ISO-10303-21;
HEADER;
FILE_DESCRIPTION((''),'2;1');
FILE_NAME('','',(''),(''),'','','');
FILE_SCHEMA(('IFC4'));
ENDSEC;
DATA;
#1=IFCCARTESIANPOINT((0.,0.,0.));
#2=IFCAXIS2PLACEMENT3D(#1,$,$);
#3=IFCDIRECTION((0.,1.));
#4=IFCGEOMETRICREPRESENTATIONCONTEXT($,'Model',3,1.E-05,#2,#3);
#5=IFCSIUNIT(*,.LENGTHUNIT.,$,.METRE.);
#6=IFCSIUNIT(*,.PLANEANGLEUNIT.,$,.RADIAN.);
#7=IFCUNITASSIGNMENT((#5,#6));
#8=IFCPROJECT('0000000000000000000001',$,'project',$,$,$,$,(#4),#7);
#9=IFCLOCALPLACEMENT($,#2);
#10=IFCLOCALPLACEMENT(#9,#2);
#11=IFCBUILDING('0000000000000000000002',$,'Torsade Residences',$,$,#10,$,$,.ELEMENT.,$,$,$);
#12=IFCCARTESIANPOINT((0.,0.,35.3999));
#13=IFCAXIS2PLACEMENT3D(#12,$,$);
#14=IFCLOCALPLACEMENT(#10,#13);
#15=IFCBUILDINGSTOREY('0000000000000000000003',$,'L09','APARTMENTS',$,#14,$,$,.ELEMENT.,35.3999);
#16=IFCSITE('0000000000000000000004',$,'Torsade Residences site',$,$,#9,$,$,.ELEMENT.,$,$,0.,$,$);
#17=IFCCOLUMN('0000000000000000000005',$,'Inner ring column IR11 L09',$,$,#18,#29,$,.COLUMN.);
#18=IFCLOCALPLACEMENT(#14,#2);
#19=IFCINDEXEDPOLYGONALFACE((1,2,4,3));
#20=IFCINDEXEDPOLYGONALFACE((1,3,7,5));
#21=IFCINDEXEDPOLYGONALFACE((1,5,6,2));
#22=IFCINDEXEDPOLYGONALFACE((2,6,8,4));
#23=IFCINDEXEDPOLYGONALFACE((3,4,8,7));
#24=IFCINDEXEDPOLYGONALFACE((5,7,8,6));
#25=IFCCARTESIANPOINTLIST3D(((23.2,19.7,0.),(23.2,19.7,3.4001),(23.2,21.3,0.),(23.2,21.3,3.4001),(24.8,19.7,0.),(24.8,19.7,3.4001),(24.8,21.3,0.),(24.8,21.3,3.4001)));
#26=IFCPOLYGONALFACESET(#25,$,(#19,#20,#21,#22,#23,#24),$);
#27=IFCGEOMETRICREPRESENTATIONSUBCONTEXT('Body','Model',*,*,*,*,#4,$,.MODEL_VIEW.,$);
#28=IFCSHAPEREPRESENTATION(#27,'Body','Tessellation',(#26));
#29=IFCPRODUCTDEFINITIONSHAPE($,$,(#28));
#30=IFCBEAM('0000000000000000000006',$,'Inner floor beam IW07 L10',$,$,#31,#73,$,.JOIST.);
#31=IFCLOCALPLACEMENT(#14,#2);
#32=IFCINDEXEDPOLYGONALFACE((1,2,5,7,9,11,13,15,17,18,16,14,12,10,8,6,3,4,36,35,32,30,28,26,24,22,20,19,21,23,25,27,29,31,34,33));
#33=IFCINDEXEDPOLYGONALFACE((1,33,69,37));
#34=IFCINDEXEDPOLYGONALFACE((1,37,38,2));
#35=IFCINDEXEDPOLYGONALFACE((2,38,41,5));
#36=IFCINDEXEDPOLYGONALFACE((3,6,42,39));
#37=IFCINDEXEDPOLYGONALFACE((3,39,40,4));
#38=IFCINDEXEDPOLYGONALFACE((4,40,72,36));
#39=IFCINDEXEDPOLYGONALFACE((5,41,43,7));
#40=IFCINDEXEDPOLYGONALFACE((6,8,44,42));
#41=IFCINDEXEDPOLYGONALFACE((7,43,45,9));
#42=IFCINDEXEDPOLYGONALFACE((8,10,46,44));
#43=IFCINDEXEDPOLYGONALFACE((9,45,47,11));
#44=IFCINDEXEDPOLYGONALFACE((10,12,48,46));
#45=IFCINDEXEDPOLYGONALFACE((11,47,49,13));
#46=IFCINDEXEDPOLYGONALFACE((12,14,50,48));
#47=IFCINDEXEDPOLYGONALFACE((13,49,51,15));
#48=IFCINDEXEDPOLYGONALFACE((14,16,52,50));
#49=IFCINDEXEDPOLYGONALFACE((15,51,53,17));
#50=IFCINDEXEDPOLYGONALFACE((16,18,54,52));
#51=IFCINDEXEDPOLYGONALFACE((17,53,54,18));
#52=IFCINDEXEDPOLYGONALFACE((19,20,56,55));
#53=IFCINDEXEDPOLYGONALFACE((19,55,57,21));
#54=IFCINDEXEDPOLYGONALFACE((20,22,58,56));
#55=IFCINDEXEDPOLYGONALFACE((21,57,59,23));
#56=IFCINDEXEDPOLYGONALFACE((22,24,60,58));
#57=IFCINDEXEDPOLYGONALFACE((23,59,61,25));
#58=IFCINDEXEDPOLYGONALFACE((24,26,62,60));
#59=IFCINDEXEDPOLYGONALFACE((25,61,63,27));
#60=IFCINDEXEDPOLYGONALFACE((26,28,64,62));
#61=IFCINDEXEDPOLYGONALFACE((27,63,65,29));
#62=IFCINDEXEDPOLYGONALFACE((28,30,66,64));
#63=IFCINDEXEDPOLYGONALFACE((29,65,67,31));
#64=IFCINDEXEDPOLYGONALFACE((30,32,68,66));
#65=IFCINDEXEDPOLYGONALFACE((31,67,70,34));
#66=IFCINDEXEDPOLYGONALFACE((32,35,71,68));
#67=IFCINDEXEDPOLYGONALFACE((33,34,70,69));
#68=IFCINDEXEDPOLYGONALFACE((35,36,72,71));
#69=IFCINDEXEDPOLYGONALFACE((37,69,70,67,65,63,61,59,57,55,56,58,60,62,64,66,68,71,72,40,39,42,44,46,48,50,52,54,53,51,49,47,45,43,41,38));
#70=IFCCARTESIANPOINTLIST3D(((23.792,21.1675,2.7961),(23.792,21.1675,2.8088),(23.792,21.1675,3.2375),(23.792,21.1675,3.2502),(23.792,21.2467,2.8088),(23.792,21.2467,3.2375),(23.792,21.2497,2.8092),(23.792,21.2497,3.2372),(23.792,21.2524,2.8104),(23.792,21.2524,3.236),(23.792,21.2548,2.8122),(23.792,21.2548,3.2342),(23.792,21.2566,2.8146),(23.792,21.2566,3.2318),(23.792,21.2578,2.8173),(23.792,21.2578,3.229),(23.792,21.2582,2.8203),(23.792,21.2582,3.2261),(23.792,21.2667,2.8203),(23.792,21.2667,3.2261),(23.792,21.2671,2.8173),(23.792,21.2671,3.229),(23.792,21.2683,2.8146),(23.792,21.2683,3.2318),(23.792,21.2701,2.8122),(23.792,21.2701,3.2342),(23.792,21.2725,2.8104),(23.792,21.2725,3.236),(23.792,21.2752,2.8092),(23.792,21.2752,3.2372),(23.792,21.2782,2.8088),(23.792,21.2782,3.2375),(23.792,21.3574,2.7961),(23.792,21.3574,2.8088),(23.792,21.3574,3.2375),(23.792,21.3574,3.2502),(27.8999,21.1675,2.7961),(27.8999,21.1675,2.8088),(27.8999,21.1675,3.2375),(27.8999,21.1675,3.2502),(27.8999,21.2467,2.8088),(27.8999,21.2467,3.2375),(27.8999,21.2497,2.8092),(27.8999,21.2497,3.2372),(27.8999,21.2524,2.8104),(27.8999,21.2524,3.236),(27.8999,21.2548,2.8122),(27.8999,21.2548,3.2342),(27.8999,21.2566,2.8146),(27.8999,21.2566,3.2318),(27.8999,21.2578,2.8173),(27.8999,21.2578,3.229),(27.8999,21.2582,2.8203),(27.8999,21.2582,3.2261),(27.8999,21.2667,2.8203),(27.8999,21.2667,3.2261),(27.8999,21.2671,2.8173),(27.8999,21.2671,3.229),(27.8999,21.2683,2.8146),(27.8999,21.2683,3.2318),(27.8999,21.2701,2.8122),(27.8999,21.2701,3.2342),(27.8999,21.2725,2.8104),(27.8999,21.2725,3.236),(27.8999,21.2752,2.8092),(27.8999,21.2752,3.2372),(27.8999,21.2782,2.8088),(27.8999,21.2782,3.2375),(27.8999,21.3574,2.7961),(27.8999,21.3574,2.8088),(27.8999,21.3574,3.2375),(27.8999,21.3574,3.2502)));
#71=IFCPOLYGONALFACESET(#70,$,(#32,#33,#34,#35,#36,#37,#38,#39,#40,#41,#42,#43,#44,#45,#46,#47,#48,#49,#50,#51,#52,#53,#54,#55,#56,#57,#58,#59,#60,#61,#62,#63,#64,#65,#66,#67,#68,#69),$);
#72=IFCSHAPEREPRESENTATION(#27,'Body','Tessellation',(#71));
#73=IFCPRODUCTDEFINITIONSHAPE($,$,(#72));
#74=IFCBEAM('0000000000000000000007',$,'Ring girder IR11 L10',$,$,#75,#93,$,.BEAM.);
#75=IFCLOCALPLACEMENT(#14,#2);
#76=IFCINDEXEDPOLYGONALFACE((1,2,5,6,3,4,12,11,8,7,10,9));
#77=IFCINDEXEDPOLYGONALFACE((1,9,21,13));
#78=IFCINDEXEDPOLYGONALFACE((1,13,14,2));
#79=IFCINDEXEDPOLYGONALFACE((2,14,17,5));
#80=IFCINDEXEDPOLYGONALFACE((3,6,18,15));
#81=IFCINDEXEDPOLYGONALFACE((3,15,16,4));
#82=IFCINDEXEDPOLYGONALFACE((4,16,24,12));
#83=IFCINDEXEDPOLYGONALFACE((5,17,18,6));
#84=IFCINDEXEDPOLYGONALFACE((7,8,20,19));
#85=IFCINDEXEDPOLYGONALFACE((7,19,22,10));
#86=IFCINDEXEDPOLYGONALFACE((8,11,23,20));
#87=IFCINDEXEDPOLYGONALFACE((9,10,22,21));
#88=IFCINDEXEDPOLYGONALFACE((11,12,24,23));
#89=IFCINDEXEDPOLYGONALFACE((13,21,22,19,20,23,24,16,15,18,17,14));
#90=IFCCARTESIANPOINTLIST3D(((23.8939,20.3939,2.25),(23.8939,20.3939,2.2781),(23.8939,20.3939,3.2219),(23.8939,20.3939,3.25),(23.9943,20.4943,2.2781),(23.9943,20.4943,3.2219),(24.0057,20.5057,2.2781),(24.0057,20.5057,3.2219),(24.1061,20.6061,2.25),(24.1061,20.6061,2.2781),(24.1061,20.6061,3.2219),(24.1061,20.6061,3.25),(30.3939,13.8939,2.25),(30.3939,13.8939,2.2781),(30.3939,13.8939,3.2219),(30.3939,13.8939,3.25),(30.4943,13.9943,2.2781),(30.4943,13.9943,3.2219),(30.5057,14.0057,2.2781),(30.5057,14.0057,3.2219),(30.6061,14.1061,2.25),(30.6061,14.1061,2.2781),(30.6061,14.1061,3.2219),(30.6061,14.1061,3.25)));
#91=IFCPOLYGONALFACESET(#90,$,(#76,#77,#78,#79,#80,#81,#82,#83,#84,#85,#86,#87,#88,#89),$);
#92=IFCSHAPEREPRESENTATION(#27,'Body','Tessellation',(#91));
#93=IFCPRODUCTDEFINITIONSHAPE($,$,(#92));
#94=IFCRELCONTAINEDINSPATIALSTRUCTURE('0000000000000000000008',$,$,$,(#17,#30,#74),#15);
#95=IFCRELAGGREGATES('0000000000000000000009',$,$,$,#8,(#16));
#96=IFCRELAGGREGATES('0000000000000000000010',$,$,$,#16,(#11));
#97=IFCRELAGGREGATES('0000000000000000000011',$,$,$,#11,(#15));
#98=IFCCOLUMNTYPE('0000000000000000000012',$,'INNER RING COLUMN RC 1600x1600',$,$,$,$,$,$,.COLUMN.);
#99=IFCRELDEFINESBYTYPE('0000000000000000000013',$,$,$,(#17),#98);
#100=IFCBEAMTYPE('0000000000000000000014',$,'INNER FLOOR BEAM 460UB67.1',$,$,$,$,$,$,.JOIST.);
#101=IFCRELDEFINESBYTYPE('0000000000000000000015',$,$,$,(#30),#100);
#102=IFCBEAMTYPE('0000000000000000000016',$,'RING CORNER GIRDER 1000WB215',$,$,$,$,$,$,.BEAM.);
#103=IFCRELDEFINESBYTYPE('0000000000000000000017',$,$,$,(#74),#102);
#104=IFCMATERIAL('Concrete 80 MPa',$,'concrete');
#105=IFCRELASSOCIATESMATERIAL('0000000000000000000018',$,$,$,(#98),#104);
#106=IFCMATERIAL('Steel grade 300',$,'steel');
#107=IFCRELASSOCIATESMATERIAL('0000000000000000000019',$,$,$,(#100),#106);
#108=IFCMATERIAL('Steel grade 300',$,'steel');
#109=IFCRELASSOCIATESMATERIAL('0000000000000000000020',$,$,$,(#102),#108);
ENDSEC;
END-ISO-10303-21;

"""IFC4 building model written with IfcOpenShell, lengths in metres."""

from ifc_helpers import new_model, si_unit, direction, frame, origin, origin_2d, place, context, subcontext, project, spatial, rectangle, i_section, extrude, material, material_profile, profile_set, type_object, element, save


model = new_model("IFC4")

# Units and contexts
model_context = context("Model", 3, precision=1e-05, world=origin(), true_north=direction((0.0, 1.0)))
body_context = subcontext(model_context, "Body", "Model", "MODEL_VIEW")
ifc_project = project(units=[si_unit("LENGTHUNIT", "METRE"), si_unit("PLANEANGLEUNIT", "RADIAN")], contexts=[model_context])

# Site, building, storey
site_placement = place(None, origin())
site = spatial("IfcSite", under=ifc_project, at=site_placement, Name="Torsade Residences site", CompositionType="ELEMENT", RefElevation=0.0)
building_placement = place(site_placement, origin())
building = spatial("IfcBuilding", under=site, at=building_placement, Name="Torsade Residences", CompositionType="ELEMENT")
storey_placement = place(building_placement, frame((0.0, 0.0, 35.3999)))
storey = spatial("IfcBuildingStorey", under=building, at=storey_placement, Name="L09", Description="APARTMENTS", CompositionType="ELEMENT", Elevation=35.3999)

# Column
ifc_material_1 = material(Name="Concrete 80 MPa", Category="concrete")
ifc_material_profile_1 = material_profile(ifc_material_1, rectangle(XDim=1.6001, YDim=1.6001, at=origin_2d()), Name="RC 1600x1600")
ifc_profile_set_1 = profile_set([ifc_material_profile_1], Name="Concrete 80 MPa")
column_type = type_object("IfcColumnType", Name="INNER RING COLUMN RC 1600x1600", PredefinedType="COLUMN", material=ifc_profile_set_1)
column_placement = place(storey_placement, frame((24.0, 20.5, 0.0), z_axis=(0.0, 0.0, 1.0), x_axis=(1.0, 0.0, 0.0)))
element("IfcColumn", 1, at=column_placement, inside=storey, type_object=column_type, Name="Inner ring column IR11 L09", PredefinedType="COLUMN", context=body_context, shape_type="SweptSolid", body=[
    extrude(rectangle(XDim=1.6001, YDim=1.6001, at=origin_2d()), origin(), (0.0, 0.0, 1.0), 3.4001),
])

# Beams
ifc_material_2 = material(Name="Steel grade 300", Category="steel")
ifc_material_profile_2 = material_profile(ifc_material_2, i_section(OverallWidth=0.1899, OverallDepth=0.4541, WebThickness=0.0085, FlangeThickness=0.0127, FilletRadius=0.0115, at=origin_2d()), Name="460UB67.1")
ifc_profile_set_2 = profile_set([ifc_material_profile_2], Name="Steel grade 300")
beam_type_1 = type_object("IfcBeamType", Name="INNER FLOOR BEAM 460UB67.1", PredefinedType="JOIST", material=ifc_profile_set_2)
beam_1_placement = place(storey_placement, frame((27.8999, 21.2625, 3.0232), z_axis=(-1.0, 0.0, 0.0), x_axis=(0.0, -1.0, 0.0)))
element("IfcBeam", 2, at=beam_1_placement, inside=storey, type_object=beam_type_1, Name="Inner floor beam IW07 L10", PredefinedType="JOIST", context=body_context, shape_type="SweptSolid", body=[
    extrude(i_section(OverallWidth=0.1899, OverallDepth=0.4541, WebThickness=0.0085, FlangeThickness=0.0127, FilletRadius=0.0115, at=origin_2d()), origin(), (0.0, 0.0, 1.0), 4.1079),
])
ifc_material_3 = material(Name="Steel grade 300", Category="steel")
ifc_material_profile_3 = material_profile(ifc_material_3, i_section(OverallWidth=0.3, OverallDepth=1.0, WebThickness=0.0161, FlangeThickness=0.0281, at=origin_2d()), Name="1000WB215")
ifc_profile_set_3 = profile_set([ifc_material_profile_3], Name="Steel grade 300")
beam_type_2 = type_object("IfcBeamType", Name="RING CORNER GIRDER 1000WB215", PredefinedType="BEAM", material=ifc_profile_set_3)
beam_2_placement = place(storey_placement, frame((24.0, 20.5, 2.75), z_axis=(0.707107, -0.707107, 0.0), x_axis=(0.707107, 0.707107, 0.0)))
element("IfcBeam", 3, at=beam_2_placement, inside=storey, type_object=beam_type_2, Name="Ring girder IR11 L10", PredefinedType="BEAM", context=body_context, shape_type="SweptSolid", body=[
    extrude(i_section(OverallWidth=0.3, OverallDepth=1.0, WebThickness=0.0161, FlangeThickness=0.0281, at=origin_2d()), origin(), (0.0, 0.0, 1.0), 9.1924),
])

save(model, "model.ifc")
